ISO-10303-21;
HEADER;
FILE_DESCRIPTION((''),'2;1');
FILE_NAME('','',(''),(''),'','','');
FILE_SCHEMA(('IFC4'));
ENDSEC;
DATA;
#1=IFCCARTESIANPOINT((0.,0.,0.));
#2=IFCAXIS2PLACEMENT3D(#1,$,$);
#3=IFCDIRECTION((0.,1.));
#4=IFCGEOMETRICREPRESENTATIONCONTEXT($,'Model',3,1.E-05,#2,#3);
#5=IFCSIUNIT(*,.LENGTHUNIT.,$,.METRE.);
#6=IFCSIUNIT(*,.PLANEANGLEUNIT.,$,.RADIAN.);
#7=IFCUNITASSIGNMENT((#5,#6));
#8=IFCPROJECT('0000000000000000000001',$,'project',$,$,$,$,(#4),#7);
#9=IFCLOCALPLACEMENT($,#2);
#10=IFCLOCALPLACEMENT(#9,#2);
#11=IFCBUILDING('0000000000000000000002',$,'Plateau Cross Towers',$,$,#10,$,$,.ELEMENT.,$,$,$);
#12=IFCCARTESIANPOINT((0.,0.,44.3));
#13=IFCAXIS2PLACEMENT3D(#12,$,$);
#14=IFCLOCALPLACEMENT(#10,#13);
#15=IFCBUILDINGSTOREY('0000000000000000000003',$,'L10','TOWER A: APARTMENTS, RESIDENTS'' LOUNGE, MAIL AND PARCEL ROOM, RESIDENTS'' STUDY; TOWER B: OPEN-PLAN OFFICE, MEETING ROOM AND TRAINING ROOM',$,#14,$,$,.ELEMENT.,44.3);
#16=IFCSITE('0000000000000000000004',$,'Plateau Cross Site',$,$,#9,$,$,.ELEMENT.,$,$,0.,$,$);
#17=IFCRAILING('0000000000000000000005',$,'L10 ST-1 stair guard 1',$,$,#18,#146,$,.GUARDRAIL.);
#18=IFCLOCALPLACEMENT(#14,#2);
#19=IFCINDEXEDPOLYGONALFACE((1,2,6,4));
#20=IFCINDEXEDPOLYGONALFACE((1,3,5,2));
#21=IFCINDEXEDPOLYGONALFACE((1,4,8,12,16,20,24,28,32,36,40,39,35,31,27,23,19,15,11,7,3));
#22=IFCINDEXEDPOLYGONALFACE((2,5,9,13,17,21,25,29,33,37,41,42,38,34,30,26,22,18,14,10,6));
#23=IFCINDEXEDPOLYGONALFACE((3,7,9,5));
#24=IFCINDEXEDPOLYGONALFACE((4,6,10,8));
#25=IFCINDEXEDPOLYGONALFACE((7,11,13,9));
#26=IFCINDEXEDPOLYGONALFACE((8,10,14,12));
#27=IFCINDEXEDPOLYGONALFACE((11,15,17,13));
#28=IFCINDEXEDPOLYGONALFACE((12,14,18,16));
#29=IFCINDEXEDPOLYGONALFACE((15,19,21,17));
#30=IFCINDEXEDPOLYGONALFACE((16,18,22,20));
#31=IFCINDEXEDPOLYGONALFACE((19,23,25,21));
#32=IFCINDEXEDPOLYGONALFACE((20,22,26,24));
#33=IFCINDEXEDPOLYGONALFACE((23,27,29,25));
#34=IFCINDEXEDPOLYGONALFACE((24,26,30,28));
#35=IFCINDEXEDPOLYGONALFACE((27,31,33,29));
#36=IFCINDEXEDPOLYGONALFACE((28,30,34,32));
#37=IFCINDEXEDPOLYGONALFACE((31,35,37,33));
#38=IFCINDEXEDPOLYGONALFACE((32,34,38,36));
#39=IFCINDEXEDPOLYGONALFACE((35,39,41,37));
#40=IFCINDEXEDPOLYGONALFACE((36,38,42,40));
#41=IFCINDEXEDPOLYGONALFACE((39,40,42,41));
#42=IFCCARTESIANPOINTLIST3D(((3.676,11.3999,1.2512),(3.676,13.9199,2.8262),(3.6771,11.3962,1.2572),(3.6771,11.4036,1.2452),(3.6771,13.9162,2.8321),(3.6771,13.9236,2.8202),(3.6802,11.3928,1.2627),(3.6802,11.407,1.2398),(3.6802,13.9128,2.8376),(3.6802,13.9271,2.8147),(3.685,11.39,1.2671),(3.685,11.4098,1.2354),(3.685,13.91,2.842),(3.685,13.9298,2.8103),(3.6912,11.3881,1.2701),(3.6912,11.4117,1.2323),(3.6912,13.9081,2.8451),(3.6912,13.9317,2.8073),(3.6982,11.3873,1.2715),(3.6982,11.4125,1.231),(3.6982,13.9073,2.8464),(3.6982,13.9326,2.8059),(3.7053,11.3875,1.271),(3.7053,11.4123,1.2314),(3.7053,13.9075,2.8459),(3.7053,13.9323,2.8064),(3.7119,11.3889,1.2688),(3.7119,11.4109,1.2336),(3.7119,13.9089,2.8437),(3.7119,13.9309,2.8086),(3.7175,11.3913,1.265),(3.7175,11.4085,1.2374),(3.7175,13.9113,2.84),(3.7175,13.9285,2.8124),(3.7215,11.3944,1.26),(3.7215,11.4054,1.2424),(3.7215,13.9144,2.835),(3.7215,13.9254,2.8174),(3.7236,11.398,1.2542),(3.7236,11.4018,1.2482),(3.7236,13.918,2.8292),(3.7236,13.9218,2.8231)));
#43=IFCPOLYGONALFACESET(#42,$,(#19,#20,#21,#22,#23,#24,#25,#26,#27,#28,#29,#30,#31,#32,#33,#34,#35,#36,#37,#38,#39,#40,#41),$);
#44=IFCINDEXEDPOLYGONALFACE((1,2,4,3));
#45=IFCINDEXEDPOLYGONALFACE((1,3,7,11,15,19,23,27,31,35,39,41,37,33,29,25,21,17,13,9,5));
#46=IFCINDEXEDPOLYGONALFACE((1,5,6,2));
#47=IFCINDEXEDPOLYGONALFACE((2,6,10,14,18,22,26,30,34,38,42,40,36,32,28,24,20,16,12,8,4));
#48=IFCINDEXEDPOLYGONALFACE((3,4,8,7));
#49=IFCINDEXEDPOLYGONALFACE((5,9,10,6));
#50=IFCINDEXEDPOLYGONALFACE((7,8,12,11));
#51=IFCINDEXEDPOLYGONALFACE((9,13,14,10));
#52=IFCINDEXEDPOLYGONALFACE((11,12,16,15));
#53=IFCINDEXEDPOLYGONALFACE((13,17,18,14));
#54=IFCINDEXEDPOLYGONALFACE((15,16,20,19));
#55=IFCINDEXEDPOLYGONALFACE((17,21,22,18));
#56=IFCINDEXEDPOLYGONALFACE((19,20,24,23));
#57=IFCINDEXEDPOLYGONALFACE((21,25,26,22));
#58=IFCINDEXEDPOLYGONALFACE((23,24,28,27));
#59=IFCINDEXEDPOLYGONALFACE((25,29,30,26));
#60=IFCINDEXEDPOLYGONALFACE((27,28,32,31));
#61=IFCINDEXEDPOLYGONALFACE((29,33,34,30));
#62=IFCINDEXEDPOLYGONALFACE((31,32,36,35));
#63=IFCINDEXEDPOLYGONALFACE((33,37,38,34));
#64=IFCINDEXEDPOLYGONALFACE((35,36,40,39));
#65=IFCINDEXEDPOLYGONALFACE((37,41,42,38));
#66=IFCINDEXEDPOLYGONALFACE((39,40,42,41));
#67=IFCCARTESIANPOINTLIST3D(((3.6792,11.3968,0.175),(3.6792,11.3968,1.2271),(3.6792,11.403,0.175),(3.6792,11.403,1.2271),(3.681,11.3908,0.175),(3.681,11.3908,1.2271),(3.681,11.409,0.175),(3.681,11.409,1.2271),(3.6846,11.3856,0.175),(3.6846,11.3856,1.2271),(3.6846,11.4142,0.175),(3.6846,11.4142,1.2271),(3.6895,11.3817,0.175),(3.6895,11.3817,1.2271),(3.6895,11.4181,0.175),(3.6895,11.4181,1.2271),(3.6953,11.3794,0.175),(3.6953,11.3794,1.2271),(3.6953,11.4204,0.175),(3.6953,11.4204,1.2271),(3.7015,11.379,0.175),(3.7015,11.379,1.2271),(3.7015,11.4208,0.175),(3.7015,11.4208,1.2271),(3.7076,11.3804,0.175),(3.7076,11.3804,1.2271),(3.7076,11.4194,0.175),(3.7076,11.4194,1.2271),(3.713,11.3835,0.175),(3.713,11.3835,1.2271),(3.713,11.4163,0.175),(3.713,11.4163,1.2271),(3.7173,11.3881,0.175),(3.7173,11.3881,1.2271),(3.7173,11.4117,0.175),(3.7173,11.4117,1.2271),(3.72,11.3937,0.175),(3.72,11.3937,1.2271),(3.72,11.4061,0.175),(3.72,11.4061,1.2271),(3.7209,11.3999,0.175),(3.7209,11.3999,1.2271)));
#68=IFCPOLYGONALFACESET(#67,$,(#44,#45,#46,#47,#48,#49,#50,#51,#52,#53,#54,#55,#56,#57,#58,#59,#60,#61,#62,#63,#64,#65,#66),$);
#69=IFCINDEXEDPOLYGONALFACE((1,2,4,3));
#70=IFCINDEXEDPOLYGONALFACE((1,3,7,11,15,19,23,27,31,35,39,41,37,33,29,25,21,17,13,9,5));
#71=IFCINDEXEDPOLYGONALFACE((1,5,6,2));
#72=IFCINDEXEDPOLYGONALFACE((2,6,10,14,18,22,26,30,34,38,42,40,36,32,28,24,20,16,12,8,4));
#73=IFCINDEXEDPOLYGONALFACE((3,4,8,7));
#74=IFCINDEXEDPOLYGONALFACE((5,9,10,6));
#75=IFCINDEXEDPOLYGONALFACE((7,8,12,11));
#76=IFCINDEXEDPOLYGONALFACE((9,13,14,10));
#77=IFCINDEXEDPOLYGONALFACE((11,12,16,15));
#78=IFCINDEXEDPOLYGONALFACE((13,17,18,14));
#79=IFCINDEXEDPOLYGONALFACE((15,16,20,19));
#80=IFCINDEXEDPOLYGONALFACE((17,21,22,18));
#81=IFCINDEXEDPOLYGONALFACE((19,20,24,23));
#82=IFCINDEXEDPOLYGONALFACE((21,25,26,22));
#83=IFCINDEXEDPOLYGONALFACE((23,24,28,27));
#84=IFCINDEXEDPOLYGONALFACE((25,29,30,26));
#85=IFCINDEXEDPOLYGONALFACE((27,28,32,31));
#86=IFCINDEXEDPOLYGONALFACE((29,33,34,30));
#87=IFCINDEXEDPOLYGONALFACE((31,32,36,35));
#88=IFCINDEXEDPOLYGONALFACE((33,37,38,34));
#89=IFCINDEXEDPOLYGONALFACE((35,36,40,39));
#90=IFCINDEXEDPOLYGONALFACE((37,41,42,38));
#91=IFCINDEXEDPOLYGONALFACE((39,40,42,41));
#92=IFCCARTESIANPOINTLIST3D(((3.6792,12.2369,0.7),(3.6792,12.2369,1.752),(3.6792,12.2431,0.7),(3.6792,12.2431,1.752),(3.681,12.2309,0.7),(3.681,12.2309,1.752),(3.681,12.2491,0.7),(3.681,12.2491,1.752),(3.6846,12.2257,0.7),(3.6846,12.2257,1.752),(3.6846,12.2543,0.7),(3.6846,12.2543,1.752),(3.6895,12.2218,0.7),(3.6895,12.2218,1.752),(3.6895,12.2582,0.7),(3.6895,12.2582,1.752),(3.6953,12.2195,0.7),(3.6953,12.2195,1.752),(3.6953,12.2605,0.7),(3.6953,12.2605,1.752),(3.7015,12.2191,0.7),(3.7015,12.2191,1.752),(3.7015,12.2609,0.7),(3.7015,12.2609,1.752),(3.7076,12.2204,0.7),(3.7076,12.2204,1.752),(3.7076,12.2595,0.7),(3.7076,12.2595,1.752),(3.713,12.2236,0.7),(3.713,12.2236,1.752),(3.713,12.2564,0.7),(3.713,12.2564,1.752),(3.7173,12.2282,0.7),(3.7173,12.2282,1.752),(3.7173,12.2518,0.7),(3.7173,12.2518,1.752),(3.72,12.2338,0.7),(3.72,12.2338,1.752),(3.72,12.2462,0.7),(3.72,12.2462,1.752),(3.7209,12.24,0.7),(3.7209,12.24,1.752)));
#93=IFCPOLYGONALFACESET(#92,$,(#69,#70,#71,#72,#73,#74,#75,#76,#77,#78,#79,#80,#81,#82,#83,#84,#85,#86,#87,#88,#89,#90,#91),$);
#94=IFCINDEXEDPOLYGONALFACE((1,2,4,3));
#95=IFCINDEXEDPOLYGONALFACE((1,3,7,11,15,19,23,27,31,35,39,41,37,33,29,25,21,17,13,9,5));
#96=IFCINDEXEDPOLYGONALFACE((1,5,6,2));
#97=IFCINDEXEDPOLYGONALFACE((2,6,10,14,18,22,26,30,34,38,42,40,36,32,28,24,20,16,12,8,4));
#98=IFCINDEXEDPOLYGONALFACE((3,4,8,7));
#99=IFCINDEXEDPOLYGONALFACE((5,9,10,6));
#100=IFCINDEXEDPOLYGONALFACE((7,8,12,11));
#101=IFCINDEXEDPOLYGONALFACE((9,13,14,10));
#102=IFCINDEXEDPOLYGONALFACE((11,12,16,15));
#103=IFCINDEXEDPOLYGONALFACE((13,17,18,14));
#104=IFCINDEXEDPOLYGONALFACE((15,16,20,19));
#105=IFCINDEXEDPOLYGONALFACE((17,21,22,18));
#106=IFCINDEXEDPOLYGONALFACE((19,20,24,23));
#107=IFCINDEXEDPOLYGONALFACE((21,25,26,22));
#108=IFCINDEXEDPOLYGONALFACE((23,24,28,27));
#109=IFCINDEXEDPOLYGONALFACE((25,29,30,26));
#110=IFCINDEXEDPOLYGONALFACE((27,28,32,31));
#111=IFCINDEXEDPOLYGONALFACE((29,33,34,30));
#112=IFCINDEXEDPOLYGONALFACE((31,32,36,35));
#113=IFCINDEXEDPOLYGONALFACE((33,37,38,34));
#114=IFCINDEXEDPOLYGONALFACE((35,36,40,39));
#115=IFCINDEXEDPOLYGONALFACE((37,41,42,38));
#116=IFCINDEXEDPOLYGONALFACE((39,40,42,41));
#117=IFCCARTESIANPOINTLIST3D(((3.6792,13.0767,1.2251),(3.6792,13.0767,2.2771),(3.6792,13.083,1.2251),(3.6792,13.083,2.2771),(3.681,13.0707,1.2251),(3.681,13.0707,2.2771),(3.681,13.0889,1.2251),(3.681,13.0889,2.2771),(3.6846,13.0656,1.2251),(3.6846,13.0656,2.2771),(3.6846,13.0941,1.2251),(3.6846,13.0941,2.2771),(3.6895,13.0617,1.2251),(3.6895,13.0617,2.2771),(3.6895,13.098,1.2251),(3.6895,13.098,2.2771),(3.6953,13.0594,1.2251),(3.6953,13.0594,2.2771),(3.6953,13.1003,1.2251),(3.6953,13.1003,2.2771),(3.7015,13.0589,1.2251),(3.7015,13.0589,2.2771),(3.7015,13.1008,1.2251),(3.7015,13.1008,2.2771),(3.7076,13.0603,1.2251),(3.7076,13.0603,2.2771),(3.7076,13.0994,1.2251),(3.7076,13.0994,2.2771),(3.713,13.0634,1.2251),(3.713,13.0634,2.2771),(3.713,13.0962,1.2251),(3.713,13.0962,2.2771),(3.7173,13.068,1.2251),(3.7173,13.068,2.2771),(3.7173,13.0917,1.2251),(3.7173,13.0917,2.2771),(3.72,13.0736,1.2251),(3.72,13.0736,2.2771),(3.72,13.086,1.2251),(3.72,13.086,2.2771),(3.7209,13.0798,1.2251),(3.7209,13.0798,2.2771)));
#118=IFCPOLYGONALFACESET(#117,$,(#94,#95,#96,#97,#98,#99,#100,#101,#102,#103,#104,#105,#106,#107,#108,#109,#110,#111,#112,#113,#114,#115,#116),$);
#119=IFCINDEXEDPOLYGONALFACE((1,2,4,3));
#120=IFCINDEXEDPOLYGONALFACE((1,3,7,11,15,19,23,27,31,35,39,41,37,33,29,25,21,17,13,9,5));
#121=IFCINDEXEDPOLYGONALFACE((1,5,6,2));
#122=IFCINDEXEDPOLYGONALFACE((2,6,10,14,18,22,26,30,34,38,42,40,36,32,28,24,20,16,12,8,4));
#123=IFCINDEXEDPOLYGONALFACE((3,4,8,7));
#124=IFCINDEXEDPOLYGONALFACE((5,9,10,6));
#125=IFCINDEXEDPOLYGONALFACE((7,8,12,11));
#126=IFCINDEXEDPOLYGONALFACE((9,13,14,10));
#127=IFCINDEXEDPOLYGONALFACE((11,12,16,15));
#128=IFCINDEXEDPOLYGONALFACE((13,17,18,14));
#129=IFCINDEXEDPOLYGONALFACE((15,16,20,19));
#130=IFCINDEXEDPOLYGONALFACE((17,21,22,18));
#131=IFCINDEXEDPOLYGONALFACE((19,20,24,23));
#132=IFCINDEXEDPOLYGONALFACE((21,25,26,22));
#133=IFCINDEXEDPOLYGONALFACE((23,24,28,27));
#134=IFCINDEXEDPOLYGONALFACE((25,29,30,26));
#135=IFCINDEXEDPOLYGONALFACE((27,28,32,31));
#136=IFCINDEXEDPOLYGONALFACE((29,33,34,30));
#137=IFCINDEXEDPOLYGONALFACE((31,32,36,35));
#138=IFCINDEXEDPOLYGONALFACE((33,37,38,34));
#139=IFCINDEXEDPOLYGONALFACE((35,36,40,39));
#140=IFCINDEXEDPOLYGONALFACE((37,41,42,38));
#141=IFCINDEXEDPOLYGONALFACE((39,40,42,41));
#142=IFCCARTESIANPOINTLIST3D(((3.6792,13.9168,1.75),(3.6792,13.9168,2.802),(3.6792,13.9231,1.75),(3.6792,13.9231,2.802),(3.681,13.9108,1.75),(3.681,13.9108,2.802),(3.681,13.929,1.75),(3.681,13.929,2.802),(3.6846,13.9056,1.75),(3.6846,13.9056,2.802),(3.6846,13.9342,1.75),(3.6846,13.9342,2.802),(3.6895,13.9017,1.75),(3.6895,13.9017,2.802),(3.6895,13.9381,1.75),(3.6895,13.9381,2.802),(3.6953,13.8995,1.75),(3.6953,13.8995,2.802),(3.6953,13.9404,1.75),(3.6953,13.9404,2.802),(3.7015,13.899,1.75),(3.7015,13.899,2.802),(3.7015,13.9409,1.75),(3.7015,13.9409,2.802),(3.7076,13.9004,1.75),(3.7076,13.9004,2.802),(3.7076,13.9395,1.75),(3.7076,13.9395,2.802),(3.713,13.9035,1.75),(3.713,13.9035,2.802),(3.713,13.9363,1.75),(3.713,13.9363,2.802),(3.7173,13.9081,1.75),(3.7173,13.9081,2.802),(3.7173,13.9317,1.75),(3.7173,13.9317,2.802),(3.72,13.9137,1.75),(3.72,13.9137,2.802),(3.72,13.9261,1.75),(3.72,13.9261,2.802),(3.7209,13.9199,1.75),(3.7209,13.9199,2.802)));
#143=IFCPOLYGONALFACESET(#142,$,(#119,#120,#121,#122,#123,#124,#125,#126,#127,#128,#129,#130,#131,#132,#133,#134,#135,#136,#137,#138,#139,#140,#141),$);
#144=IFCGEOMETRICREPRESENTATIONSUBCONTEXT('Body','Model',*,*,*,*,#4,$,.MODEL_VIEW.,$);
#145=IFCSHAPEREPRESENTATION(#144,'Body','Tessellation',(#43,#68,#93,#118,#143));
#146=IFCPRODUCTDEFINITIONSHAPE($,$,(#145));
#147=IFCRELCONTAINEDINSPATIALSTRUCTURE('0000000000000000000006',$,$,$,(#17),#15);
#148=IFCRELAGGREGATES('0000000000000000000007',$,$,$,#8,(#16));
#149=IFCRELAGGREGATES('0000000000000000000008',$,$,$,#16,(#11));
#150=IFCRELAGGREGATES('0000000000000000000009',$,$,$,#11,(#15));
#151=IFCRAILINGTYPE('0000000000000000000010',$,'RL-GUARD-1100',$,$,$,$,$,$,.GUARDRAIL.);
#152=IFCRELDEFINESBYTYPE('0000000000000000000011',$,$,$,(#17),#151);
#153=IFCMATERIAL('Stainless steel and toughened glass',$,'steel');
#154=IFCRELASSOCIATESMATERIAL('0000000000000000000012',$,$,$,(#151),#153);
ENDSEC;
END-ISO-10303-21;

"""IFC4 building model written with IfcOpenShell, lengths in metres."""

from ifc_helpers import new_model, si_unit, direction, frame, origin, origin_2d, place, context, subcontext, project, spatial, circle, extrude, material, type_object, element, save


model = new_model("IFC4")

# Units and contexts
model_context = context("Model", 3, precision=1e-05, world=origin(), true_north=direction((0.0, 1.0)))
body_context = subcontext(model_context, "Body", "Model", "MODEL_VIEW")
ifc_project = project(units=[si_unit("LENGTHUNIT", "METRE"), si_unit("PLANEANGLEUNIT", "RADIAN")], contexts=[model_context])

# Site, building, storey
site_placement = place(None, origin())
site = spatial("IfcSite", under=ifc_project, at=site_placement, Name="Plateau Cross Site", CompositionType="ELEMENT", RefElevation=0.0)
building_placement = place(site_placement, origin())
building = spatial("IfcBuilding", under=site, at=building_placement, Name="Plateau Cross Towers", CompositionType="ELEMENT")
storey_placement = place(building_placement, frame((0.0, 0.0, 44.3)))
storey = spatial("IfcBuildingStorey", under=building, at=storey_placement, Name="L10", Description="TOWER A: APARTMENTS, RESIDENTS' LOUNGE, MAIL AND PARCEL ROOM, RESIDENTS' STUDY; TOWER B: OPEN-PLAN OFFICE, MEETING ROOM AND TRAINING ROOM", CompositionType="ELEMENT", Elevation=44.3)

# Railing
ifc_material_1 = material(Name="Stainless steel and toughened glass", Category="steel")
railing_type = type_object("IfcRailingType", Name="RL-GUARD-1100", PredefinedType="GUARDRAIL", material=ifc_material_1)
railing_1_placement = place(storey_placement, frame((3.7, 11.3999, 0.175)))
element("IfcRailing", 1, at=railing_1_placement, inside=storey, type_object=railing_type, Name="L10 ST-1 stair guard 1", PredefinedType="GUARDRAIL", context=body_context, shape_type="SweptSolid", body=[
    extrude(circle(Radius=0.0239, at=origin_2d()), frame((0.0, 0.0, 1.0762), z_axis=(0.0, 0.848008, 0.529984), x_axis=(-1.0, 0.0, 0.0)), (0.0, 0.0, 1.0), 2.9717),
    extrude(circle(Radius=0.021, at=origin_2d()), origin(), (0.0, 0.0, 1.0), 1.052),
    extrude(circle(Radius=0.021, at=origin_2d()), frame((0.0, 0.8401, 0.5249)), (0.0, 0.0, 1.0), 1.052),
    extrude(circle(Radius=0.021, at=origin_2d()), frame((0.0, 1.6799, 1.05)), (0.0, 0.0, 1.0), 1.052),
    extrude(circle(Radius=0.021, at=origin_2d()), frame((0.0, 2.52, 1.575)), (0.0, 0.0, 1.0), 1.052),
])

save(model, "model.ifc")
